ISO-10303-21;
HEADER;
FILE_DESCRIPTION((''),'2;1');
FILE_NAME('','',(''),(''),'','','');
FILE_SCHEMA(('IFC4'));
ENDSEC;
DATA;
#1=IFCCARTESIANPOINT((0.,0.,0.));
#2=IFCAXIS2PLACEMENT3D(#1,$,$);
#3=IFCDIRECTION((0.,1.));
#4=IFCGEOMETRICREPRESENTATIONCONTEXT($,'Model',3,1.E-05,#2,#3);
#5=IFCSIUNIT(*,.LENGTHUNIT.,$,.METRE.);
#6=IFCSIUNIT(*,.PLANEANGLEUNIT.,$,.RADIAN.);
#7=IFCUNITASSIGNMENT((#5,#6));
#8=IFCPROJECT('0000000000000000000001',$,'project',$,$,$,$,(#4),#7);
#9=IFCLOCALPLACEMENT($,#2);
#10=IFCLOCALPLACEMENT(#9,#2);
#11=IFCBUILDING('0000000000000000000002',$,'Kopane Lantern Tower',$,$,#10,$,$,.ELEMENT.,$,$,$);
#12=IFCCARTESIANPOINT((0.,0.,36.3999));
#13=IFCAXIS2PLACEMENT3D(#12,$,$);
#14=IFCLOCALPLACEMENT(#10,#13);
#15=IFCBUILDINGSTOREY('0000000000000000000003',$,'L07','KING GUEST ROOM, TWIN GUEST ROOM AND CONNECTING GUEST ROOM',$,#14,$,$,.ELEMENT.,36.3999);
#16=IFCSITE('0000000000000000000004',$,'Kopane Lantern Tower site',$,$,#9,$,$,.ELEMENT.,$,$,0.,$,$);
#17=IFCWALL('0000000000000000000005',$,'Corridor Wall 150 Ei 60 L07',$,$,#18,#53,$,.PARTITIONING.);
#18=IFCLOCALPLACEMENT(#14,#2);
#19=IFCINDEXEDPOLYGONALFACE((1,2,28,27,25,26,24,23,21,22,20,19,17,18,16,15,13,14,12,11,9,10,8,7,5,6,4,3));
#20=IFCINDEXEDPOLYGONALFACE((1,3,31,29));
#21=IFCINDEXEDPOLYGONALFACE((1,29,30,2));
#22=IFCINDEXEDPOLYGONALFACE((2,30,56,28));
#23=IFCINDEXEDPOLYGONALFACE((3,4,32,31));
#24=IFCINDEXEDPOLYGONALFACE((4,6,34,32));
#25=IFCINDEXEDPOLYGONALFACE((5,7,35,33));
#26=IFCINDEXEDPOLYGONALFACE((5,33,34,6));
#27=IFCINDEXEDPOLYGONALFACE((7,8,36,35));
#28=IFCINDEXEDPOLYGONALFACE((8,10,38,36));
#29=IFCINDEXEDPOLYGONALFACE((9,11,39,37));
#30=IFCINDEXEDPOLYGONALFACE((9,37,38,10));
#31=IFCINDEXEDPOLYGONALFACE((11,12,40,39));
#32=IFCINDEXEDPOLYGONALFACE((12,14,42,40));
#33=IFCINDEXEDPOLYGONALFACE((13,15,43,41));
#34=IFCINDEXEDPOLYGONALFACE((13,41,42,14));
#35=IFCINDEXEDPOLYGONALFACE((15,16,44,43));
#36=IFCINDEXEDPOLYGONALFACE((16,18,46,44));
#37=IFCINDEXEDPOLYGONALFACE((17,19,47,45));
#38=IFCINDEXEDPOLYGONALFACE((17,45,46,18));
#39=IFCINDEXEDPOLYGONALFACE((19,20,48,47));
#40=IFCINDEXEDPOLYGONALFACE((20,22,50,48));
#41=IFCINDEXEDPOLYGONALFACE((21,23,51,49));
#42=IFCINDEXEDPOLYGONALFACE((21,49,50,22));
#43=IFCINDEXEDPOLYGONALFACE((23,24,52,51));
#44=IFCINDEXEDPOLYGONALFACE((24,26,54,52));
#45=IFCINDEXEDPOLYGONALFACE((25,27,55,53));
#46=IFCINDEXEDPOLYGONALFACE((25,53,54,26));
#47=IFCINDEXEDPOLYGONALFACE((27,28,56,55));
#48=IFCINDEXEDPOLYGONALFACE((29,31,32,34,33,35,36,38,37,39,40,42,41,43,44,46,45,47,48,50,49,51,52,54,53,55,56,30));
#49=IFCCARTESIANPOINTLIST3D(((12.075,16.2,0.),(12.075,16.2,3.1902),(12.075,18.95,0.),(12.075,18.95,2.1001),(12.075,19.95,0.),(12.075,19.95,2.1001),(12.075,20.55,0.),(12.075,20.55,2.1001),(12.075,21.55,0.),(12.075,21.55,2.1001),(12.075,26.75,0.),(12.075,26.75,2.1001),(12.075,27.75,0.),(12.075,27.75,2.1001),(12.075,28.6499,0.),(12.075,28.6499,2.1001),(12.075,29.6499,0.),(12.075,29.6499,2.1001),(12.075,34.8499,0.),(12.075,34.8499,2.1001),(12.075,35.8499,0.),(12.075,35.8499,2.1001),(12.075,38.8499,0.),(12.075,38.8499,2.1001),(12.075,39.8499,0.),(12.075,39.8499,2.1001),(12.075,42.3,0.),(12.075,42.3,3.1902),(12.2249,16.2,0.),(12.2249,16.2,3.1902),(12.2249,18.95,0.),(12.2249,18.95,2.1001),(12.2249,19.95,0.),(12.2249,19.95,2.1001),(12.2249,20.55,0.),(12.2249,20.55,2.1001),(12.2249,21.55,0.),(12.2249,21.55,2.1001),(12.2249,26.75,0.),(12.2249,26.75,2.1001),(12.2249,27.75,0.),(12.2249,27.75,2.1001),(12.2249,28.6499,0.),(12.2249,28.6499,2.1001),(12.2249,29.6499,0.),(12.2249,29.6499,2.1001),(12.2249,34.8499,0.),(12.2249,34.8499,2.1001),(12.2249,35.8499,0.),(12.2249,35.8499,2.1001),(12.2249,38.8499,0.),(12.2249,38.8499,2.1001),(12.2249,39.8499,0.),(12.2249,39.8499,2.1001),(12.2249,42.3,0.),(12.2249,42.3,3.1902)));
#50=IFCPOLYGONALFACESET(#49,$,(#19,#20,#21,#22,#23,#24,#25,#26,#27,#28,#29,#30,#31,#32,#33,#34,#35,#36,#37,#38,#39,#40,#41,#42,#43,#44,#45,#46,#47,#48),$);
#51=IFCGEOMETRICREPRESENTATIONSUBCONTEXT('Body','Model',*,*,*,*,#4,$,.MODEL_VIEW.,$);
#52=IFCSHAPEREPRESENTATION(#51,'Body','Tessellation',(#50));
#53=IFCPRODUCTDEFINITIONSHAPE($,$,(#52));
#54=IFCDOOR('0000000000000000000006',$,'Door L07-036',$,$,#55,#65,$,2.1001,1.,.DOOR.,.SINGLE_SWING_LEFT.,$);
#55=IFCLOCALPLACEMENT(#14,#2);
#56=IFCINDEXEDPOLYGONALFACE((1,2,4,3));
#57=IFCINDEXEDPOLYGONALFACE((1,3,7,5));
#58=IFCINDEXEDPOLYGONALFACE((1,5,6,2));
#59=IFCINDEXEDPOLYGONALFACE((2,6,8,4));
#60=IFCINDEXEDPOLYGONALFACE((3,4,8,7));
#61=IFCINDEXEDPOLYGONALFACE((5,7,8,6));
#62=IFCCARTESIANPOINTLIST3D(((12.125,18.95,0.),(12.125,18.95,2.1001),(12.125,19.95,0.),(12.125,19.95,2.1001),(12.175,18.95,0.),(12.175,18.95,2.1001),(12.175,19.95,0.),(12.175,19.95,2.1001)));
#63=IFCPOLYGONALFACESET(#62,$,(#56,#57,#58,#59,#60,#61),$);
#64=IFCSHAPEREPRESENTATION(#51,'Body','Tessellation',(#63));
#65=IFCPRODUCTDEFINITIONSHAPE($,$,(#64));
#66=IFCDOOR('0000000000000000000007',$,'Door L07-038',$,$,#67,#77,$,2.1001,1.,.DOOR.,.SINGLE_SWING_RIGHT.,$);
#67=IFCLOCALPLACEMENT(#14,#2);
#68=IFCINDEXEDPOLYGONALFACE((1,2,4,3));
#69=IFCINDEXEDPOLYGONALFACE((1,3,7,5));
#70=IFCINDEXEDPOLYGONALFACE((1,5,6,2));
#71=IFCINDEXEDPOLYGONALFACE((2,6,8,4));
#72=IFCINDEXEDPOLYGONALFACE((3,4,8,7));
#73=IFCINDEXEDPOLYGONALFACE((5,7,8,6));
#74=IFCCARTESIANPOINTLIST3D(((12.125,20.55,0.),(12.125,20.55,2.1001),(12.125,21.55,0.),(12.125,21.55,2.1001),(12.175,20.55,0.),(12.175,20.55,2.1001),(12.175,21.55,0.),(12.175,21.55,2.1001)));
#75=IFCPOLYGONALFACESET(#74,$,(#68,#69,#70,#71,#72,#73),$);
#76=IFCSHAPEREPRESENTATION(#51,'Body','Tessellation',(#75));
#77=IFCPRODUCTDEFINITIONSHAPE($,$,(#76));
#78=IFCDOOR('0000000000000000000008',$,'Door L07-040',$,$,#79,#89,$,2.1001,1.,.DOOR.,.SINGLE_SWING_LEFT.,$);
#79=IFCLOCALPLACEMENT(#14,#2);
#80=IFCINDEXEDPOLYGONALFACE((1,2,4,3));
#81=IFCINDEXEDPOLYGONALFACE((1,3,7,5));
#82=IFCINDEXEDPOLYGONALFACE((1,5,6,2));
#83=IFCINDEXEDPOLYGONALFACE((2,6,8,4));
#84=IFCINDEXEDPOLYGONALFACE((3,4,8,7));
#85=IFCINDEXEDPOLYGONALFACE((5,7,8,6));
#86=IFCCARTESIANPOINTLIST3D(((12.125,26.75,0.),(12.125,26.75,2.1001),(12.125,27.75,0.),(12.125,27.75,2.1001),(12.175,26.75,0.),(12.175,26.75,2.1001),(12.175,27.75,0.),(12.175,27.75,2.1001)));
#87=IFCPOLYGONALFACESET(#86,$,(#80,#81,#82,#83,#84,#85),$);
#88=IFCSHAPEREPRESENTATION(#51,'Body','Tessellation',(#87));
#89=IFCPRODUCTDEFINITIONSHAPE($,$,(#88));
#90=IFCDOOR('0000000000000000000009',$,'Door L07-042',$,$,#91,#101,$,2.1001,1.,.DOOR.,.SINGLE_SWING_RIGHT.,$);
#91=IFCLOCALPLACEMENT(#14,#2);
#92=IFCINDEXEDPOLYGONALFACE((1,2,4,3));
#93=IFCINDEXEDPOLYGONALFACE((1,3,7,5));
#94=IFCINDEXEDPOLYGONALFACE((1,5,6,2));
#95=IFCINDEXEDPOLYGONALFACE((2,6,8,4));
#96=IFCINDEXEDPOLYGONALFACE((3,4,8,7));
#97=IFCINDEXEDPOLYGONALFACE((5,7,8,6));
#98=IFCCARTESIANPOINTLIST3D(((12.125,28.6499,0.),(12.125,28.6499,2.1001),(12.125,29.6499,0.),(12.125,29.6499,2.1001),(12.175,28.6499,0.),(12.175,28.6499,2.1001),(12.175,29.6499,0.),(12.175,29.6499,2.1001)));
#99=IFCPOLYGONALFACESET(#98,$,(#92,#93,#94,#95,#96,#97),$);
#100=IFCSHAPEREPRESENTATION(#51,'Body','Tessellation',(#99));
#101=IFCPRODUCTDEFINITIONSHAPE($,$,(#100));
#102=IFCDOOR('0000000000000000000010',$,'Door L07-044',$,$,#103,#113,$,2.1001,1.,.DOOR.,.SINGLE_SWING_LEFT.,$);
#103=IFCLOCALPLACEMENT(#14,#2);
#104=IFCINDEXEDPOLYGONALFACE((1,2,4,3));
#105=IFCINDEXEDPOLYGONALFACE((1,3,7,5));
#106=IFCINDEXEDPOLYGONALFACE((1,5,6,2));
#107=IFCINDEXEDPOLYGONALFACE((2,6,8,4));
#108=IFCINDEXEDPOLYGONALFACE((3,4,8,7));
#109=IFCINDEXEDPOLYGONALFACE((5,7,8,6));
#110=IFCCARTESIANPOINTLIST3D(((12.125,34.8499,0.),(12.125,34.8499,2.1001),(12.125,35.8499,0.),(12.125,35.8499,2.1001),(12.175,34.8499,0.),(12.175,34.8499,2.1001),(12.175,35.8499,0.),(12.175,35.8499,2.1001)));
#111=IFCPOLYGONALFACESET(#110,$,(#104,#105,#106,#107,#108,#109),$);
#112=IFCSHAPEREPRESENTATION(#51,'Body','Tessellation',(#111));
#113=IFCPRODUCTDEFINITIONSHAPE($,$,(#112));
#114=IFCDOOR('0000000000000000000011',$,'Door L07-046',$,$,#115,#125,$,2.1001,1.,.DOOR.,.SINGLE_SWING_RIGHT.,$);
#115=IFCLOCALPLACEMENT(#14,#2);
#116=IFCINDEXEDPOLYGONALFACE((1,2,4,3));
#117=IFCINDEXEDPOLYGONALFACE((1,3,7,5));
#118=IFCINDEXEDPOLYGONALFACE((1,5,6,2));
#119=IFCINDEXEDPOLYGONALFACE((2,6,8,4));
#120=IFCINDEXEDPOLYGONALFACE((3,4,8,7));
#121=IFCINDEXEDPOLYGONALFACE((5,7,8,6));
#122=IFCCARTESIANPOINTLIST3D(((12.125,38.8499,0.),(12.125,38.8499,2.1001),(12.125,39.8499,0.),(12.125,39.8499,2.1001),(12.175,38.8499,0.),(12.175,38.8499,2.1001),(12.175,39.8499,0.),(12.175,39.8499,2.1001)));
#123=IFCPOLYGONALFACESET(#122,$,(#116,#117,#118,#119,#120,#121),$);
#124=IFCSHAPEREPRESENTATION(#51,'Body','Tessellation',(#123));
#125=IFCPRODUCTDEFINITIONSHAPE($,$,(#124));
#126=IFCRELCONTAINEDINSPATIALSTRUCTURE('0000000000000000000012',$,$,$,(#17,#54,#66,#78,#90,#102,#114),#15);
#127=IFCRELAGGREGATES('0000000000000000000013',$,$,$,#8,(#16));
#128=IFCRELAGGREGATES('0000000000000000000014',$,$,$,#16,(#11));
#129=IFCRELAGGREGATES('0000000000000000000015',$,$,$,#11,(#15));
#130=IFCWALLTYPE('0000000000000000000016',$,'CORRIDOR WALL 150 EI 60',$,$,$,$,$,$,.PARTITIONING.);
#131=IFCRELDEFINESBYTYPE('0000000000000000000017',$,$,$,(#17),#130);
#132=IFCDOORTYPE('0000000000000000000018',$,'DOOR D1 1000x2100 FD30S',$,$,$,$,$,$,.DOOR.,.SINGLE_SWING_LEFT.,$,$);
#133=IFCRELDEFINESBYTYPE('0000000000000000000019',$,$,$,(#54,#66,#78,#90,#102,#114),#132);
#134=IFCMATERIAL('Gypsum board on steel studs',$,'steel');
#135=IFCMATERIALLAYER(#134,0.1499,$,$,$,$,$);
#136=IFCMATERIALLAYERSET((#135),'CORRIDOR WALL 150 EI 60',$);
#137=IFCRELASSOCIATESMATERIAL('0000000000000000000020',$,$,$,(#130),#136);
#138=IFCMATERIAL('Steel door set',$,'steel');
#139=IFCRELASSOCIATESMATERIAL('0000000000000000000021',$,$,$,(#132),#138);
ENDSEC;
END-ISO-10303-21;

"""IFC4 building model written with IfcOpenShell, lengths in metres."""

from ifc_helpers import new_model, si_unit, direction, frame, frame_2d, origin, place, context, subcontext, project, spatial, rectangle, extrude, material, layer, layer_set, type_object, element, fill, save


model = new_model("IFC4")

# Units and contexts
model_context = context("Model", 3, precision=1e-05, world=origin(), true_north=direction((0.0, 1.0)))
body_context = subcontext(model_context, "Body", "Model", "MODEL_VIEW")
ifc_project = project(units=[si_unit("LENGTHUNIT", "METRE"), si_unit("PLANEANGLEUNIT", "RADIAN")], contexts=[model_context])

# Site, building, storey
site_placement = place(None, origin())
site = spatial("IfcSite", under=ifc_project, at=site_placement, Name="Kopane Lantern Tower site", CompositionType="ELEMENT", RefElevation=0.0)
building_placement = place(site_placement, origin())
building = spatial("IfcBuilding", under=site, at=building_placement, Name="Kopane Lantern Tower", CompositionType="ELEMENT")
storey_placement = place(building_placement, frame((0.0, 0.0, 36.3999)))
storey = spatial("IfcBuildingStorey", under=building, at=storey_placement, Name="L07", Description="KING GUEST ROOM, TWIN GUEST ROOM AND CONNECTING GUEST ROOM", CompositionType="ELEMENT", Elevation=36.3999)

# Wall, openings, doors
ifc_material_1 = material(Name="Gypsum board on steel studs", Category="steel")
ifc_layer_1 = layer(ifc_material_1, 0.1499)
ifc_layer_set_1 = layer_set([ifc_layer_1], Name="CORRIDOR WALL 150 EI 60")
wall_type_1 = type_object("IfcWallType", Name="CORRIDOR WALL 150 EI 60", PredefinedType="PARTITIONING", material=ifc_layer_set_1)
ifc_material_2 = material(Name="Steel door set", Category="steel")
door_type = type_object("IfcDoorType", Name="DOOR D1 1000x2100 FD30S", OperationType="SINGLE_SWING_LEFT", PredefinedType="DOOR", material=ifc_material_2)
wall_1_placement = place(storey_placement, frame((12.1499, 16.2, 0.0), z_axis=(0.0, 0.0, 1.0), x_axis=(0.0, 1.0, 0.0)))
wall_1 = element("IfcWall", 1, at=wall_1_placement, inside=storey, type_object=wall_type_1, Name="Corridor Wall 150 Ei 60 L07", PredefinedType="PARTITIONING", context=body_context, shape_type="SweptSolid", body=[
    extrude(rectangle(XDim=26.1001, YDim=0.1499, at=frame_2d((13.05, 0.0))), origin(), (0.0, 0.0, 1.0), 3.1902),
])
opening_1_placement = place(wall_1_placement, frame((2.75, 0.0, 0.0)))
opening_1 = element("IfcOpeningElement", 2, at=opening_1_placement, cuts=wall_1, PredefinedType="OPENING", context=body_context, shape_type="SweptSolid", body=[
    extrude(rectangle(XDim=1.0, YDim=2.1001, at=frame_2d((0.5, 1.05))), frame((0.0, 0.085, 0.0), z_axis=(0.0, -1.0, 0.0), x_axis=(1.0, 0.0, 0.0)), (0.0, 0.0, 1.0), 0.1699),
])
opening_2_placement = place(wall_1_placement, frame((4.3501, 0.0, 0.0)))
opening_2 = element("IfcOpeningElement", 3, at=opening_2_placement, cuts=wall_1, PredefinedType="OPENING", context=body_context, shape_type="SweptSolid", body=[
    extrude(rectangle(XDim=1.0, YDim=2.1001, at=frame_2d((0.5, 1.05))), frame((0.0, 0.085, 0.0), z_axis=(0.0, -1.0, 0.0), x_axis=(1.0, 0.0, 0.0)), (0.0, 0.0, 1.0), 0.1699),
])
opening_3_placement = place(wall_1_placement, frame((10.55, 0.0, 0.0)))
opening_3 = element("IfcOpeningElement", 4, at=opening_3_placement, cuts=wall_1, PredefinedType="OPENING", context=body_context, shape_type="SweptSolid", body=[
    extrude(rectangle(XDim=1.0, YDim=2.1001, at=frame_2d((0.5, 1.05))), frame((0.0, 0.085, 0.0), z_axis=(0.0, -1.0, 0.0), x_axis=(1.0, 0.0, 0.0)), (0.0, 0.0, 1.0), 0.1699),
])
opening_4_placement = place(wall_1_placement, frame((12.45, 0.0, 0.0)))
opening_4 = element("IfcOpeningElement", 5, at=opening_4_placement, cuts=wall_1, PredefinedType="OPENING", context=body_context, shape_type="SweptSolid", body=[
    extrude(rectangle(XDim=1.0, YDim=2.1001, at=frame_2d((0.5, 1.05))), frame((0.0, 0.085, 0.0), z_axis=(0.0, -1.0, 0.0), x_axis=(1.0, 0.0, 0.0)), (0.0, 0.0, 1.0), 0.1699),
])
opening_5_placement = place(wall_1_placement, frame((18.6499, 0.0, 0.0)))
opening_5 = element("IfcOpeningElement", 6, at=opening_5_placement, cuts=wall_1, PredefinedType="OPENING", context=body_context, shape_type="SweptSolid", body=[
    extrude(rectangle(XDim=1.0, YDim=2.1001, at=frame_2d((0.5, 1.05))), frame((0.0, 0.085, 0.0), z_axis=(0.0, -1.0, 0.0), x_axis=(1.0, 0.0, 0.0)), (0.0, 0.0, 1.0), 0.1699),
])
opening_6_placement = place(wall_1_placement, frame((22.6499, 0.0, 0.0)))
opening_6 = element("IfcOpeningElement", 7, at=opening_6_placement, cuts=wall_1, PredefinedType="OPENING", context=body_context, shape_type="SweptSolid", body=[
    extrude(rectangle(XDim=1.0, YDim=2.1001, at=frame_2d((0.5, 1.05))), frame((0.0, 0.085, 0.0), z_axis=(0.0, -1.0, 0.0), x_axis=(1.0, 0.0, 0.0)), (0.0, 0.0, 1.0), 0.1699),
])
door_1_placement = place(opening_1_placement, origin())
door_1 = element("IfcDoor", 8, at=door_1_placement, inside=storey, type_object=door_type, Name="Door L07-036", OperationType="SINGLE_SWING_LEFT", OverallHeight=2.1001, OverallWidth=1.0, PredefinedType="DOOR", context=body_context, shape_type="SweptSolid", body=[
    extrude(rectangle(XDim=1.0, YDim=2.1001, at=frame_2d((0.5, 1.05))), frame((0.0, 0.0249, 0.0), z_axis=(0.0, -1.0, 0.0), x_axis=(1.0, 0.0, 0.0)), (0.0, 0.0, 1.0), 0.05),
])
fill(opening_1, door_1)
door_2_placement = place(opening_2_placement, origin())
door_2 = element("IfcDoor", 9, at=door_2_placement, inside=storey, type_object=door_type, Name="Door L07-038", OperationType="SINGLE_SWING_RIGHT", OverallHeight=2.1001, OverallWidth=1.0, PredefinedType="DOOR", context=body_context, shape_type="SweptSolid", body=[
    extrude(rectangle(XDim=1.0, YDim=2.1001, at=frame_2d((0.5, 1.05))), frame((0.0, 0.0249, 0.0), z_axis=(0.0, -1.0, 0.0), x_axis=(1.0, 0.0, 0.0)), (0.0, 0.0, 1.0), 0.05),
])
fill(opening_2, door_2)
door_3_placement = place(opening_3_placement, origin())
door_3 = element("IfcDoor", 10, at=door_3_placement, inside=storey, type_object=door_type, Name="Door L07-040", OperationType="SINGLE_SWING_LEFT", OverallHeight=2.1001, OverallWidth=1.0, PredefinedType="DOOR", context=body_context, shape_type="SweptSolid", body=[
    extrude(rectangle(XDim=1.0, YDim=2.1001, at=frame_2d((0.5, 1.05))), frame((0.0, 0.0249, 0.0), z_axis=(0.0, -1.0, 0.0), x_axis=(1.0, 0.0, 0.0)), (0.0, 0.0, 1.0), 0.05),
])
fill(opening_3, door_3)
door_4_placement = place(opening_4_placement, origin())
door_4 = element("IfcDoor", 11, at=door_4_placement, inside=storey, type_object=door_type, Name="Door L07-042", OperationType="SINGLE_SWING_RIGHT", OverallHeight=2.1001, OverallWidth=1.0, PredefinedType="DOOR", context=body_context, shape_type="SweptSolid", body=[
    extrude(rectangle(XDim=1.0, YDim=2.1001, at=frame_2d((0.5, 1.05))), frame((0.0, 0.0249, 0.0), z_axis=(0.0, -1.0, 0.0), x_axis=(1.0, 0.0, 0.0)), (0.0, 0.0, 1.0), 0.05),
])
fill(opening_4, door_4)
door_5_placement = place(opening_5_placement, origin())
door_5 = element("IfcDoor", 12, at=door_5_placement, inside=storey, type_object=door_type, Name="Door L07-044", OperationType="SINGLE_SWING_LEFT", OverallHeight=2.1001, OverallWidth=1.0, PredefinedType="DOOR", context=body_context, shape_type="SweptSolid", body=[
    extrude(rectangle(XDim=1.0, YDim=2.1001, at=frame_2d((0.5, 1.05))), frame((0.0, 0.0249, 0.0), z_axis=(0.0, -1.0, 0.0), x_axis=(1.0, 0.0, 0.0)), (0.0, 0.0, 1.0), 0.05),
])
fill(opening_5, door_5)
door_6_placement = place(opening_6_placement, origin())
door_6 = element("IfcDoor", 13, at=door_6_placement, inside=storey, type_object=door_type, Name="Door L07-046", OperationType="SINGLE_SWING_RIGHT", OverallHeight=2.1001, OverallWidth=1.0, PredefinedType="DOOR", context=body_context, shape_type="SweptSolid", body=[
    extrude(rectangle(XDim=1.0, YDim=2.1001, at=frame_2d((0.5, 1.05))), frame((0.0, 0.0249, 0.0), z_axis=(0.0, -1.0, 0.0), x_axis=(1.0, 0.0, 0.0)), (0.0, 0.0, 1.0), 0.05),
])
fill(opening_6, door_6)

save(model, "model.ifc")
